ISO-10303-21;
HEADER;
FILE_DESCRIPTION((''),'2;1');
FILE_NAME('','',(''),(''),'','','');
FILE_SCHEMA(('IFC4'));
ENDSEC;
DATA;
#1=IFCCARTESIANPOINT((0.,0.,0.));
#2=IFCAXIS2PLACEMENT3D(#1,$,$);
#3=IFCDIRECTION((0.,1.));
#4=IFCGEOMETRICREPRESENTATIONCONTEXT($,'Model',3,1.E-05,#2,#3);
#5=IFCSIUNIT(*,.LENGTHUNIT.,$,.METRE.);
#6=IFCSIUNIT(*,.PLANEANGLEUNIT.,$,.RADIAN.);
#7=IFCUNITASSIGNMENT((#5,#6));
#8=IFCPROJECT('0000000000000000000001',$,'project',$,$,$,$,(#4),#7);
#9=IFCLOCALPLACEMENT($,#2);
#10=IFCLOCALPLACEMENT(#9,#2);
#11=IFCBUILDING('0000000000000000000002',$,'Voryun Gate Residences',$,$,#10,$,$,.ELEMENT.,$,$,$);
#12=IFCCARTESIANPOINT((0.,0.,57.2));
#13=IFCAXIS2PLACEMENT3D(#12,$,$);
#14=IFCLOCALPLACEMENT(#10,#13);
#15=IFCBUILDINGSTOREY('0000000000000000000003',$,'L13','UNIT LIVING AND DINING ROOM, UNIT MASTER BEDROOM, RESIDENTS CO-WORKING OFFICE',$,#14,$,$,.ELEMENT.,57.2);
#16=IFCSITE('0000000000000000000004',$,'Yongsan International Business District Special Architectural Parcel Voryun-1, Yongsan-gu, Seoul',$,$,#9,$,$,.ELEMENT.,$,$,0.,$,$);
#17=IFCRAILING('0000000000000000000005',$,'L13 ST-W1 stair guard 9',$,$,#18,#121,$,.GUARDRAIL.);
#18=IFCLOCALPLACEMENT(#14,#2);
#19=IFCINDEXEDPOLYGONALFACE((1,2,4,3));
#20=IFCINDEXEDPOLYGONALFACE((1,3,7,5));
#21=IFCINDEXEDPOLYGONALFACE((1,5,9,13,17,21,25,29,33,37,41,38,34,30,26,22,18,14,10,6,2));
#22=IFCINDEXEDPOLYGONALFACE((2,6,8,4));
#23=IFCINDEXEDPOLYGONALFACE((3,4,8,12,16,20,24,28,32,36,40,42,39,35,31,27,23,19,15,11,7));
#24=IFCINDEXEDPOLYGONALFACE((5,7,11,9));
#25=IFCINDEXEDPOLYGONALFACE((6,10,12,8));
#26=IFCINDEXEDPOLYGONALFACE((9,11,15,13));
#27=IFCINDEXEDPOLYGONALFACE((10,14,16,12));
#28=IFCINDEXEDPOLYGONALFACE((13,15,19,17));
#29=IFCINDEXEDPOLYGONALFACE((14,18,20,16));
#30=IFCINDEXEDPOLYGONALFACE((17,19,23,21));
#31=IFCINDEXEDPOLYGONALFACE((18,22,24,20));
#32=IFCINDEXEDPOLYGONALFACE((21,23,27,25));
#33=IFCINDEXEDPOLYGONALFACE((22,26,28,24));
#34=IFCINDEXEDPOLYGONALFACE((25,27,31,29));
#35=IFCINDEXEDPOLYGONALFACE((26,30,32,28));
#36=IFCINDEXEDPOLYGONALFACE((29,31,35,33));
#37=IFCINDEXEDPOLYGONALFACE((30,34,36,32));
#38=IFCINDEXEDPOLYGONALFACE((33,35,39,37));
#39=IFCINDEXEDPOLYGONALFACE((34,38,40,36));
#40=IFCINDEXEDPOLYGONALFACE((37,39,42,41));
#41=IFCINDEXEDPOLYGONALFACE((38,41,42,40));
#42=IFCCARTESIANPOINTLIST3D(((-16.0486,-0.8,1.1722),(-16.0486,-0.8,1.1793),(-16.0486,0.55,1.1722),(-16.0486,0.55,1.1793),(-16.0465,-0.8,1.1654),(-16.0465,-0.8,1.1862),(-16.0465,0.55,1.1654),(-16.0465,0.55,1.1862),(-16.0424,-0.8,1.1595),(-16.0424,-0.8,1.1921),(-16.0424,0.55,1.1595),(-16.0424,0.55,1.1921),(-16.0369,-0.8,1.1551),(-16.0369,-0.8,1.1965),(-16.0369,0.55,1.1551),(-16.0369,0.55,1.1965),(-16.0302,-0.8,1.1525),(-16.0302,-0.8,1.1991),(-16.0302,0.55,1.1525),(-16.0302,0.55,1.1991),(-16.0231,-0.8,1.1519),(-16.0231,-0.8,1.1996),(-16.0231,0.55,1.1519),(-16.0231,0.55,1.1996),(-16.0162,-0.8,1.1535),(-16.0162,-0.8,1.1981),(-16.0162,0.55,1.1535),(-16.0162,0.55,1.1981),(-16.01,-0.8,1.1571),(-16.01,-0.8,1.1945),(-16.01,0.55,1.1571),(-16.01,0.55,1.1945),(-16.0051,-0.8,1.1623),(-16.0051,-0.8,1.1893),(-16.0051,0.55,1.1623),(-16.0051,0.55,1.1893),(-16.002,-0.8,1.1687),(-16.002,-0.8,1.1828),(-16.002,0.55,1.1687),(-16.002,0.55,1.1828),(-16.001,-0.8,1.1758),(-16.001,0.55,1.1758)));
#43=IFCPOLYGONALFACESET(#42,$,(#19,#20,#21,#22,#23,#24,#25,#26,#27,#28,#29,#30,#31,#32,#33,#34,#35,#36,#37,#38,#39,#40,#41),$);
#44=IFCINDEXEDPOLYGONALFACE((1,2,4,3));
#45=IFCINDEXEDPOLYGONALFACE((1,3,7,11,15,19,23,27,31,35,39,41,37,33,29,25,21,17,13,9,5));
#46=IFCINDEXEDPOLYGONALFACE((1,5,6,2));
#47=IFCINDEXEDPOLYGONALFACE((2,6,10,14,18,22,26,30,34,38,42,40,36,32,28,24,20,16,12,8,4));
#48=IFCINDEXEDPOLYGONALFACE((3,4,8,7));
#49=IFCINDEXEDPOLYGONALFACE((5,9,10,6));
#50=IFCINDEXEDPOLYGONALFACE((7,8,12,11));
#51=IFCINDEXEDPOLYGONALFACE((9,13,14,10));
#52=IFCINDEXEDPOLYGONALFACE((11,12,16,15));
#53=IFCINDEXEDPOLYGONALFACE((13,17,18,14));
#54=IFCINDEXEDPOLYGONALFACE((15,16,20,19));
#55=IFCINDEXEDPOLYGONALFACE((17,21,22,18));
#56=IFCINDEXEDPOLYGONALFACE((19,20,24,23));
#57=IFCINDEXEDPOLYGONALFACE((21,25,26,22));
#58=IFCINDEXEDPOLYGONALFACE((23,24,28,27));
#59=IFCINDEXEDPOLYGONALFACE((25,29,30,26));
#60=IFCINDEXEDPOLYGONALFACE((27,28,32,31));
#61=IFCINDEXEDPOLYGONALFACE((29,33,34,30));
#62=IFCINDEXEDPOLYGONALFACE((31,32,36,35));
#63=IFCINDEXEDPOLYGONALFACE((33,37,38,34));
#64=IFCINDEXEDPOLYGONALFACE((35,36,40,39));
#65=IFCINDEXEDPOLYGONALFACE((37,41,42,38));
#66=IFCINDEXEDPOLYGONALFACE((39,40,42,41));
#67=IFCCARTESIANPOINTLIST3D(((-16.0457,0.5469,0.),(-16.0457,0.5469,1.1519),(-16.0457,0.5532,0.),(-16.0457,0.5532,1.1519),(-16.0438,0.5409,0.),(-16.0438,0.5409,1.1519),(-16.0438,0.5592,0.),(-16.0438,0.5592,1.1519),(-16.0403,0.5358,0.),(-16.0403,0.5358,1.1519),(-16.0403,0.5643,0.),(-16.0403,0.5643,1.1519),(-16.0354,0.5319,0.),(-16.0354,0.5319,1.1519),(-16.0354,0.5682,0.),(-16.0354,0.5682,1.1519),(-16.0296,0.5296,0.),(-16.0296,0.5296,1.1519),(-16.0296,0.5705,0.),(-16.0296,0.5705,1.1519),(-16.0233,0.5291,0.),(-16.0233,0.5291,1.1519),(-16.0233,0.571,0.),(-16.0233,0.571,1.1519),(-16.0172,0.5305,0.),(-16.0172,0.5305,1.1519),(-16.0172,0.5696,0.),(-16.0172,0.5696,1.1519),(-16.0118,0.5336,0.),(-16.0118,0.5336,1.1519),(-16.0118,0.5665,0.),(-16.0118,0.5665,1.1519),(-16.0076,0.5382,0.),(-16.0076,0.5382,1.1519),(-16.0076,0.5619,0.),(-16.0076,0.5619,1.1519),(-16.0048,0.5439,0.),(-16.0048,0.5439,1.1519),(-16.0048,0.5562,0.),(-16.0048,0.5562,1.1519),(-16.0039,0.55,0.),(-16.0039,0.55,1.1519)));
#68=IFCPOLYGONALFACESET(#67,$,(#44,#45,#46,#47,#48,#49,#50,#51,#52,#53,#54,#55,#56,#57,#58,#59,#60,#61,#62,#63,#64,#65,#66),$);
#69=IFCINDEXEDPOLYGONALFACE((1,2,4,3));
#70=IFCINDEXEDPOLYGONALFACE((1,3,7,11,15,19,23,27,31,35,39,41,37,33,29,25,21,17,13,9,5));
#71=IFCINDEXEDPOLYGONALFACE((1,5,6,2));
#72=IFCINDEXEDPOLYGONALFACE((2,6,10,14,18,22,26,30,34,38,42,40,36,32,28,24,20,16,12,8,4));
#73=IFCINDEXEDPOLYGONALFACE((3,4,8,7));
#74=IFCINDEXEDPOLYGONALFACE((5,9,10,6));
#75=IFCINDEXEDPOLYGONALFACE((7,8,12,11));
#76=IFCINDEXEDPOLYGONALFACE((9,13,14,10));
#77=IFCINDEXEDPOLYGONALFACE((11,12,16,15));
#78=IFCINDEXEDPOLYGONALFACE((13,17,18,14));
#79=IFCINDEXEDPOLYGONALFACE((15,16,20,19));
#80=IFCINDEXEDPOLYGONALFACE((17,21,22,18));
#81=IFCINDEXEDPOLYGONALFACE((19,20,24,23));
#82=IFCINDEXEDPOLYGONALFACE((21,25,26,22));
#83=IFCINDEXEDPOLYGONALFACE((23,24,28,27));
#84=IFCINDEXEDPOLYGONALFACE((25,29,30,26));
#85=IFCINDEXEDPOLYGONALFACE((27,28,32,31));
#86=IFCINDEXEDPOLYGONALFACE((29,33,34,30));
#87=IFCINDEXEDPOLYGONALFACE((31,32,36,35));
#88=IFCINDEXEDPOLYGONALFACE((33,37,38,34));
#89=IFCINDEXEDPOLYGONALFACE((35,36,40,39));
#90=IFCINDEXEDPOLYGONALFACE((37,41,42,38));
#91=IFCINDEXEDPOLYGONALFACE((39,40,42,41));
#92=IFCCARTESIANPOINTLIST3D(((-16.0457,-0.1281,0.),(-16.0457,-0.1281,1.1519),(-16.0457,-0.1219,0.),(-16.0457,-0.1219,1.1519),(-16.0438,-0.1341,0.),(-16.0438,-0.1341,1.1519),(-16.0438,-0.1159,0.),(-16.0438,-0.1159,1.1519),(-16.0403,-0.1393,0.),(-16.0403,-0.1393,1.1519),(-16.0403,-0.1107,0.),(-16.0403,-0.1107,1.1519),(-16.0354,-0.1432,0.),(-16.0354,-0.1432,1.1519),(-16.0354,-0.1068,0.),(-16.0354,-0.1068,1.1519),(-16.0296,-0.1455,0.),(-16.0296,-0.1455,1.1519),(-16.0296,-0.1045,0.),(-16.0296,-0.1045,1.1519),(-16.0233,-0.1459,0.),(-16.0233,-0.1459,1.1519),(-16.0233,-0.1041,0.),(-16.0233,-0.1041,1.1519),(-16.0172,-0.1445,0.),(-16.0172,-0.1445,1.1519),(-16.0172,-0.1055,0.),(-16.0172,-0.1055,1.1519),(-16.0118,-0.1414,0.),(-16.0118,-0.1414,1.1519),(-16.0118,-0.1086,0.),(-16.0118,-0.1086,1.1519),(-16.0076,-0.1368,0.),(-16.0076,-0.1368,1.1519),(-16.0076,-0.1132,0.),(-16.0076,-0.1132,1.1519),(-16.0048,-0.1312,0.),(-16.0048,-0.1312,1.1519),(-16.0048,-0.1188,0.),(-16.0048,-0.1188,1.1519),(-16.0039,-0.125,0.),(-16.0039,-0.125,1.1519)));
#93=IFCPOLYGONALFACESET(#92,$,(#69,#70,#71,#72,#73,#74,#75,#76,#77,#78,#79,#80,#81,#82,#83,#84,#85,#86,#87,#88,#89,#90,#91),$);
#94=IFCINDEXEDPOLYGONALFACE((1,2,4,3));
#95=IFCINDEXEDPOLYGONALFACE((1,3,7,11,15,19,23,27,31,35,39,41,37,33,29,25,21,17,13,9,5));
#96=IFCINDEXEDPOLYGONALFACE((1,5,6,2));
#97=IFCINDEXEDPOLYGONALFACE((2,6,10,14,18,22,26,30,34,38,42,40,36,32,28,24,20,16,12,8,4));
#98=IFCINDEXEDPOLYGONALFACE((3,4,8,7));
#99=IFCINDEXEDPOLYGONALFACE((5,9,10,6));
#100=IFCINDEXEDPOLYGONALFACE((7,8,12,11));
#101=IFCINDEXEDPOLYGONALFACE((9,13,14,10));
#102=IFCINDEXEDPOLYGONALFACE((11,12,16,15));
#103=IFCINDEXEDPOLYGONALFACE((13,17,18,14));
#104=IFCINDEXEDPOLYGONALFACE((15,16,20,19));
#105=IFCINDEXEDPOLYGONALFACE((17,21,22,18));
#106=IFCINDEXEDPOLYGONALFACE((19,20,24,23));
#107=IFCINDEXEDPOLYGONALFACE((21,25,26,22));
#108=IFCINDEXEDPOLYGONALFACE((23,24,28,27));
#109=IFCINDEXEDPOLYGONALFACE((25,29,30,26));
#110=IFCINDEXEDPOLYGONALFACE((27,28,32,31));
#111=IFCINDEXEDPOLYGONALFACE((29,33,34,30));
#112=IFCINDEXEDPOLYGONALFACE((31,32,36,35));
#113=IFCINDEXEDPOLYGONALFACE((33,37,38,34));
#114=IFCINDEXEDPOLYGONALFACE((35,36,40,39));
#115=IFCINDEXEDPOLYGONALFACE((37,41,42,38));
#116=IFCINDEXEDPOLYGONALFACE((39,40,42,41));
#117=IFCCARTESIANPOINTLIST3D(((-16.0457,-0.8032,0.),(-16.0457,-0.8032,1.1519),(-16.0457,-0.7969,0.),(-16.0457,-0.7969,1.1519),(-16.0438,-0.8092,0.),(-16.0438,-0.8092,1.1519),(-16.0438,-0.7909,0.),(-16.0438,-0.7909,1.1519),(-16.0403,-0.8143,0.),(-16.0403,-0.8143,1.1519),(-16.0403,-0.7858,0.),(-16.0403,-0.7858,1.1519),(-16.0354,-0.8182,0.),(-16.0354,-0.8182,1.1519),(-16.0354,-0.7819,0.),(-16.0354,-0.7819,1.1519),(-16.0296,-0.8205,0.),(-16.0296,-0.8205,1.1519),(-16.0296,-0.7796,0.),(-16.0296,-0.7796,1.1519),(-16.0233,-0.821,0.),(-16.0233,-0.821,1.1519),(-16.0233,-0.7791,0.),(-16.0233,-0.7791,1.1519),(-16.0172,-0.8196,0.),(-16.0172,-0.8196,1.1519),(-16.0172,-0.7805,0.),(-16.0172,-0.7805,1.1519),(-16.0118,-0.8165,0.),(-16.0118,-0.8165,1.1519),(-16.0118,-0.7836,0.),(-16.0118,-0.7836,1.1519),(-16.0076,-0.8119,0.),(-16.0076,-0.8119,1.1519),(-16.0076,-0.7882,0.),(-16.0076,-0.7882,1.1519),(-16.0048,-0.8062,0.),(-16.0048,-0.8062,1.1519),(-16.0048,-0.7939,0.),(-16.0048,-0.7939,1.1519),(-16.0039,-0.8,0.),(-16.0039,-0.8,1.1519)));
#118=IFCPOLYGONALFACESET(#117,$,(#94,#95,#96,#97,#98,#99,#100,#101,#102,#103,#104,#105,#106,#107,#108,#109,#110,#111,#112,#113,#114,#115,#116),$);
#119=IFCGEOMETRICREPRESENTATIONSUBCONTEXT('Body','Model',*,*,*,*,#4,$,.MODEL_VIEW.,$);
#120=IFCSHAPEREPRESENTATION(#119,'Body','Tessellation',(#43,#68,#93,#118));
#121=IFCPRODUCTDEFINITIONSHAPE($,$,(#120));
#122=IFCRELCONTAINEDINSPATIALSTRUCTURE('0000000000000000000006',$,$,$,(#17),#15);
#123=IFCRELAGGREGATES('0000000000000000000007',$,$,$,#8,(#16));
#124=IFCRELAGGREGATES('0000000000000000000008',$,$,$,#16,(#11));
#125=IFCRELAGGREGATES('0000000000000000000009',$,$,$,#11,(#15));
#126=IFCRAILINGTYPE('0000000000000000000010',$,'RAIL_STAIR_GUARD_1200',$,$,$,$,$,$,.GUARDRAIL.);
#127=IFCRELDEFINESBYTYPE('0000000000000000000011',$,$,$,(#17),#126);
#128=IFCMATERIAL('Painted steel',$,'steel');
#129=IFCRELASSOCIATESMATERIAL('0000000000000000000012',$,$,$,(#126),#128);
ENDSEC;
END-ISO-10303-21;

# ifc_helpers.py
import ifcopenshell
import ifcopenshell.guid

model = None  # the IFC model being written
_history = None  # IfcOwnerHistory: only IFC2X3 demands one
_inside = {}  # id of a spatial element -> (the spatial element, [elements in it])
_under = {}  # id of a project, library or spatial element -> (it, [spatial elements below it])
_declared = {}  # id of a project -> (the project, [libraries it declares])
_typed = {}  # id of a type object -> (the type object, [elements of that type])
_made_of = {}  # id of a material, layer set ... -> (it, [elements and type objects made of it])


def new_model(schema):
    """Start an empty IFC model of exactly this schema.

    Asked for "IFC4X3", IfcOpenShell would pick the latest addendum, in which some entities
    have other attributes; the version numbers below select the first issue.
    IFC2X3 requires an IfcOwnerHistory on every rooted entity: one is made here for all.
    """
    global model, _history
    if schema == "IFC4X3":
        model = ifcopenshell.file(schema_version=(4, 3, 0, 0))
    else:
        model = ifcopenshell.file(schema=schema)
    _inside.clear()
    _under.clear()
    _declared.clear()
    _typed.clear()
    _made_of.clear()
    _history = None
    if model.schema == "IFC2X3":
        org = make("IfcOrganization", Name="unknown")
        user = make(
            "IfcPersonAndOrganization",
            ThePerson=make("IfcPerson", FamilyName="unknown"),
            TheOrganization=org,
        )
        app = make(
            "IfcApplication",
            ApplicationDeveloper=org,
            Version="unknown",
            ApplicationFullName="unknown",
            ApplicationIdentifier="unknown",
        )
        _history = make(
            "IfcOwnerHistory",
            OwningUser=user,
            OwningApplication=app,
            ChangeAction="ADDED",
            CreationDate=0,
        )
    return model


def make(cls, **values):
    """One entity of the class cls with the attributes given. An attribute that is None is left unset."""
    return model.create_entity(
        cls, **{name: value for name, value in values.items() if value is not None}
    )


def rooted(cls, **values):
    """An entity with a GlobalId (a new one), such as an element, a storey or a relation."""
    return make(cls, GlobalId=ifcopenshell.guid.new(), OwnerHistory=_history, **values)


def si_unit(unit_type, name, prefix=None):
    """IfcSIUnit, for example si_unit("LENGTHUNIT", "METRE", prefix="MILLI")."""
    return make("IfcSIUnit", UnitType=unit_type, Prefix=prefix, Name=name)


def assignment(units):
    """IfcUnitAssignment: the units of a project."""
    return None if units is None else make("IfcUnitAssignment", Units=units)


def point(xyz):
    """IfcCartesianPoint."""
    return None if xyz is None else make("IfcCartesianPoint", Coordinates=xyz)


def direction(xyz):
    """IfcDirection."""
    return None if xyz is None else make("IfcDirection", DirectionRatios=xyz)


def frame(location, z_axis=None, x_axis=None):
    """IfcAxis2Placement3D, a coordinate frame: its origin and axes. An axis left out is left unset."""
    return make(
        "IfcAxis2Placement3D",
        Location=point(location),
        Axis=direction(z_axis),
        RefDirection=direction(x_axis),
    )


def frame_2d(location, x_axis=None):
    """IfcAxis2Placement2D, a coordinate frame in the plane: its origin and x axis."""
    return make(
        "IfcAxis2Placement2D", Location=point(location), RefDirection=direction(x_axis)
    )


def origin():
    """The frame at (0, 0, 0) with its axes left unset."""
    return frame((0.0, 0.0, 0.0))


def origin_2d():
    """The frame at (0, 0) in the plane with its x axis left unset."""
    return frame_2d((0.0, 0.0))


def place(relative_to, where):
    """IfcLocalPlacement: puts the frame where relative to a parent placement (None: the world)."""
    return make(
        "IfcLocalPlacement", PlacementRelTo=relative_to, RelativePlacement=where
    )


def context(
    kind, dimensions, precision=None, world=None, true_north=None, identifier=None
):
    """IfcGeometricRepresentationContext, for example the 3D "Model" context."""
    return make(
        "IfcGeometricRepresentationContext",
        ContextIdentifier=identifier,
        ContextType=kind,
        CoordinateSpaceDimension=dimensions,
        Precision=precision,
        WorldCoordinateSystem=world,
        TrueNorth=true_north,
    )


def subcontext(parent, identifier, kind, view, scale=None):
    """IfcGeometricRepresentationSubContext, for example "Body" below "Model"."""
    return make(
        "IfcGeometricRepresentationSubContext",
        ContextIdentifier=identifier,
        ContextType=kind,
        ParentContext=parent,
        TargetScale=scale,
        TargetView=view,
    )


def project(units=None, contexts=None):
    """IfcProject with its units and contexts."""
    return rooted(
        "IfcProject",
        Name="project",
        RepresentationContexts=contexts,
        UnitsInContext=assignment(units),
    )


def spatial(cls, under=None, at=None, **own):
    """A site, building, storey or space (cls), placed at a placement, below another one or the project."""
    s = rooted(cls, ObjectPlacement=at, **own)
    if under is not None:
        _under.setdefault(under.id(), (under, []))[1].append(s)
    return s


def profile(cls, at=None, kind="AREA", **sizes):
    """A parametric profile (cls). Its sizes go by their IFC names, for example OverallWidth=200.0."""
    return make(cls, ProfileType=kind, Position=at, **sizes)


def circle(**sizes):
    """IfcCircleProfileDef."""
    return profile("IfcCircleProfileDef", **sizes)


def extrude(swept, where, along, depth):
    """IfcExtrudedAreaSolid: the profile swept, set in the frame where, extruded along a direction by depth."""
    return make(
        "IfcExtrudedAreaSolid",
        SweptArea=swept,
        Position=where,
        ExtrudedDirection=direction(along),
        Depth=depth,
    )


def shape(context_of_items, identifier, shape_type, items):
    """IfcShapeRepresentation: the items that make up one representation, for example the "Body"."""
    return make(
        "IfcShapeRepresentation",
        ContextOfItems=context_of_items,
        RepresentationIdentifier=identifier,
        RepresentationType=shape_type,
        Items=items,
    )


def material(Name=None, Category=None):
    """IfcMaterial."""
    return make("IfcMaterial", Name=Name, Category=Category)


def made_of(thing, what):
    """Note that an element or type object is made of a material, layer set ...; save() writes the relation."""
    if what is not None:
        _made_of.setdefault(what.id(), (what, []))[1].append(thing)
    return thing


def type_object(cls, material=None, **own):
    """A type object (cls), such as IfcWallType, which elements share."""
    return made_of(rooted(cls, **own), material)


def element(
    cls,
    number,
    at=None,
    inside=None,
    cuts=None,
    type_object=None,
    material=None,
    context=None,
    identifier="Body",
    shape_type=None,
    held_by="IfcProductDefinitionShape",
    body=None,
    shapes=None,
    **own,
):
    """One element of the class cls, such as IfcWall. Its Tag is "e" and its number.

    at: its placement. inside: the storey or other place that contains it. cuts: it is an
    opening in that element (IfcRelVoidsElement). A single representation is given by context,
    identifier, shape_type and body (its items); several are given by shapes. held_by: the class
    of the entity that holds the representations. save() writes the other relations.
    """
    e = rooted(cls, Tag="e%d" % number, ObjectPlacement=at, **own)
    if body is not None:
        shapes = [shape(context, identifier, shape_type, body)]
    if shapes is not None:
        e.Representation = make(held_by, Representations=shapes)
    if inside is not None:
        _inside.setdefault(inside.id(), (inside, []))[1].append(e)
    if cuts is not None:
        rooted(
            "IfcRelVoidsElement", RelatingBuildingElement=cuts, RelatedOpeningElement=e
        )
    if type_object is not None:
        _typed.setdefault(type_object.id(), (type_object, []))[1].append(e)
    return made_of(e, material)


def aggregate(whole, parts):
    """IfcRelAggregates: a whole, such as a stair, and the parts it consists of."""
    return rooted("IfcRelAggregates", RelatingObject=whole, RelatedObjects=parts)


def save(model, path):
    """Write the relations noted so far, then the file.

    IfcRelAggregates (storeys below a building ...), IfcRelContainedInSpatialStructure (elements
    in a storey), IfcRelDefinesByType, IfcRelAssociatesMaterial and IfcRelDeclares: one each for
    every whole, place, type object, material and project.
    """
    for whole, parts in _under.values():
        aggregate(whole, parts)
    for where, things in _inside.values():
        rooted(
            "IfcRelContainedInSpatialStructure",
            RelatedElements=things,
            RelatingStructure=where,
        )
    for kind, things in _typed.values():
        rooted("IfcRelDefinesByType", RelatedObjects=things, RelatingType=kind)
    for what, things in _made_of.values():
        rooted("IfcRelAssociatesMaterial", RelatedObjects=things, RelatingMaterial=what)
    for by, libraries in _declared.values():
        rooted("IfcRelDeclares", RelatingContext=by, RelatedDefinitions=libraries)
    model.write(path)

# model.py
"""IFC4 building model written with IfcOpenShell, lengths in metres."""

from ifc_helpers import new_model, si_unit, direction, frame, origin, origin_2d, place, context, subcontext, project, spatial, circle, extrude, material, type_object, element, save


model = new_model("IFC4")

# Units and contexts
model_context = context("Model", 3, precision=1e-05, world=origin(), true_north=direction((0.0, 1.0)))
body_context = subcontext(model_context, "Body", "Model", "MODEL_VIEW")
ifc_project = project(units=[si_unit("LENGTHUNIT", "METRE"), si_unit("PLANEANGLEUNIT", "RADIAN")], contexts=[model_context])

# Site, building, storey
site_placement = place(None, origin())
site = spatial("IfcSite", under=ifc_project, at=site_placement, Name="Yongsan International Business District Special Architectural Parcel Voryun-1, Yongsan-gu, Seoul", CompositionType="ELEMENT", RefElevation=0.0)
building_placement = place(site_placement, origin())
building = spatial("IfcBuilding", under=site, at=building_placement, Name="Voryun Gate Residences", CompositionType="ELEMENT")
storey_placement = place(building_placement, frame((0.0, 0.0, 57.2)))
storey = spatial("IfcBuildingStorey", under=building, at=storey_placement, Name="L13", Description="UNIT LIVING AND DINING ROOM, UNIT MASTER BEDROOM, RESIDENTS CO-WORKING OFFICE", CompositionType="ELEMENT", Elevation=57.2)

# Railing
ifc_material_1 = material(Name="Painted steel", Category="steel")
railing_type = type_object("IfcRailingType", Name="RAIL_STAIR_GUARD_1200", PredefinedType="GUARDRAIL", material=ifc_material_1)
for number, where, name in (
    (1, (-16.0249, 0.55, 0.0), "L13 ST-W1 stair guard 9"),
):
    element("IfcRailing", number, at=place(storey_placement, frame(where)), inside=storey, type_object=railing_type, Name=name, PredefinedType="GUARDRAIL", context=body_context, shape_type="SweptSolid", body=[
        extrude(circle(Radius=0.0239, at=origin_2d()), frame((0.0, 0.0, 1.1758), z_axis=(0.0, -1.0, 0.0), x_axis=(1.0, 0.0, 0.0)), (0.0, 0.0, 1.0), 1.3501),
        extrude(circle(Radius=0.021, at=origin_2d()), origin(), (0.0, 0.0, 1.0), 1.1519),
        extrude(circle(Radius=0.021, at=origin_2d()), frame((0.0, -0.675, 0.0)), (0.0, 0.0, 1.0), 1.1519),
        extrude(circle(Radius=0.021, at=origin_2d()), frame((0.0, -1.3501, 0.0)), (0.0, 0.0, 1.0), 1.1519),
    ])

save(model, "model.ifc")
